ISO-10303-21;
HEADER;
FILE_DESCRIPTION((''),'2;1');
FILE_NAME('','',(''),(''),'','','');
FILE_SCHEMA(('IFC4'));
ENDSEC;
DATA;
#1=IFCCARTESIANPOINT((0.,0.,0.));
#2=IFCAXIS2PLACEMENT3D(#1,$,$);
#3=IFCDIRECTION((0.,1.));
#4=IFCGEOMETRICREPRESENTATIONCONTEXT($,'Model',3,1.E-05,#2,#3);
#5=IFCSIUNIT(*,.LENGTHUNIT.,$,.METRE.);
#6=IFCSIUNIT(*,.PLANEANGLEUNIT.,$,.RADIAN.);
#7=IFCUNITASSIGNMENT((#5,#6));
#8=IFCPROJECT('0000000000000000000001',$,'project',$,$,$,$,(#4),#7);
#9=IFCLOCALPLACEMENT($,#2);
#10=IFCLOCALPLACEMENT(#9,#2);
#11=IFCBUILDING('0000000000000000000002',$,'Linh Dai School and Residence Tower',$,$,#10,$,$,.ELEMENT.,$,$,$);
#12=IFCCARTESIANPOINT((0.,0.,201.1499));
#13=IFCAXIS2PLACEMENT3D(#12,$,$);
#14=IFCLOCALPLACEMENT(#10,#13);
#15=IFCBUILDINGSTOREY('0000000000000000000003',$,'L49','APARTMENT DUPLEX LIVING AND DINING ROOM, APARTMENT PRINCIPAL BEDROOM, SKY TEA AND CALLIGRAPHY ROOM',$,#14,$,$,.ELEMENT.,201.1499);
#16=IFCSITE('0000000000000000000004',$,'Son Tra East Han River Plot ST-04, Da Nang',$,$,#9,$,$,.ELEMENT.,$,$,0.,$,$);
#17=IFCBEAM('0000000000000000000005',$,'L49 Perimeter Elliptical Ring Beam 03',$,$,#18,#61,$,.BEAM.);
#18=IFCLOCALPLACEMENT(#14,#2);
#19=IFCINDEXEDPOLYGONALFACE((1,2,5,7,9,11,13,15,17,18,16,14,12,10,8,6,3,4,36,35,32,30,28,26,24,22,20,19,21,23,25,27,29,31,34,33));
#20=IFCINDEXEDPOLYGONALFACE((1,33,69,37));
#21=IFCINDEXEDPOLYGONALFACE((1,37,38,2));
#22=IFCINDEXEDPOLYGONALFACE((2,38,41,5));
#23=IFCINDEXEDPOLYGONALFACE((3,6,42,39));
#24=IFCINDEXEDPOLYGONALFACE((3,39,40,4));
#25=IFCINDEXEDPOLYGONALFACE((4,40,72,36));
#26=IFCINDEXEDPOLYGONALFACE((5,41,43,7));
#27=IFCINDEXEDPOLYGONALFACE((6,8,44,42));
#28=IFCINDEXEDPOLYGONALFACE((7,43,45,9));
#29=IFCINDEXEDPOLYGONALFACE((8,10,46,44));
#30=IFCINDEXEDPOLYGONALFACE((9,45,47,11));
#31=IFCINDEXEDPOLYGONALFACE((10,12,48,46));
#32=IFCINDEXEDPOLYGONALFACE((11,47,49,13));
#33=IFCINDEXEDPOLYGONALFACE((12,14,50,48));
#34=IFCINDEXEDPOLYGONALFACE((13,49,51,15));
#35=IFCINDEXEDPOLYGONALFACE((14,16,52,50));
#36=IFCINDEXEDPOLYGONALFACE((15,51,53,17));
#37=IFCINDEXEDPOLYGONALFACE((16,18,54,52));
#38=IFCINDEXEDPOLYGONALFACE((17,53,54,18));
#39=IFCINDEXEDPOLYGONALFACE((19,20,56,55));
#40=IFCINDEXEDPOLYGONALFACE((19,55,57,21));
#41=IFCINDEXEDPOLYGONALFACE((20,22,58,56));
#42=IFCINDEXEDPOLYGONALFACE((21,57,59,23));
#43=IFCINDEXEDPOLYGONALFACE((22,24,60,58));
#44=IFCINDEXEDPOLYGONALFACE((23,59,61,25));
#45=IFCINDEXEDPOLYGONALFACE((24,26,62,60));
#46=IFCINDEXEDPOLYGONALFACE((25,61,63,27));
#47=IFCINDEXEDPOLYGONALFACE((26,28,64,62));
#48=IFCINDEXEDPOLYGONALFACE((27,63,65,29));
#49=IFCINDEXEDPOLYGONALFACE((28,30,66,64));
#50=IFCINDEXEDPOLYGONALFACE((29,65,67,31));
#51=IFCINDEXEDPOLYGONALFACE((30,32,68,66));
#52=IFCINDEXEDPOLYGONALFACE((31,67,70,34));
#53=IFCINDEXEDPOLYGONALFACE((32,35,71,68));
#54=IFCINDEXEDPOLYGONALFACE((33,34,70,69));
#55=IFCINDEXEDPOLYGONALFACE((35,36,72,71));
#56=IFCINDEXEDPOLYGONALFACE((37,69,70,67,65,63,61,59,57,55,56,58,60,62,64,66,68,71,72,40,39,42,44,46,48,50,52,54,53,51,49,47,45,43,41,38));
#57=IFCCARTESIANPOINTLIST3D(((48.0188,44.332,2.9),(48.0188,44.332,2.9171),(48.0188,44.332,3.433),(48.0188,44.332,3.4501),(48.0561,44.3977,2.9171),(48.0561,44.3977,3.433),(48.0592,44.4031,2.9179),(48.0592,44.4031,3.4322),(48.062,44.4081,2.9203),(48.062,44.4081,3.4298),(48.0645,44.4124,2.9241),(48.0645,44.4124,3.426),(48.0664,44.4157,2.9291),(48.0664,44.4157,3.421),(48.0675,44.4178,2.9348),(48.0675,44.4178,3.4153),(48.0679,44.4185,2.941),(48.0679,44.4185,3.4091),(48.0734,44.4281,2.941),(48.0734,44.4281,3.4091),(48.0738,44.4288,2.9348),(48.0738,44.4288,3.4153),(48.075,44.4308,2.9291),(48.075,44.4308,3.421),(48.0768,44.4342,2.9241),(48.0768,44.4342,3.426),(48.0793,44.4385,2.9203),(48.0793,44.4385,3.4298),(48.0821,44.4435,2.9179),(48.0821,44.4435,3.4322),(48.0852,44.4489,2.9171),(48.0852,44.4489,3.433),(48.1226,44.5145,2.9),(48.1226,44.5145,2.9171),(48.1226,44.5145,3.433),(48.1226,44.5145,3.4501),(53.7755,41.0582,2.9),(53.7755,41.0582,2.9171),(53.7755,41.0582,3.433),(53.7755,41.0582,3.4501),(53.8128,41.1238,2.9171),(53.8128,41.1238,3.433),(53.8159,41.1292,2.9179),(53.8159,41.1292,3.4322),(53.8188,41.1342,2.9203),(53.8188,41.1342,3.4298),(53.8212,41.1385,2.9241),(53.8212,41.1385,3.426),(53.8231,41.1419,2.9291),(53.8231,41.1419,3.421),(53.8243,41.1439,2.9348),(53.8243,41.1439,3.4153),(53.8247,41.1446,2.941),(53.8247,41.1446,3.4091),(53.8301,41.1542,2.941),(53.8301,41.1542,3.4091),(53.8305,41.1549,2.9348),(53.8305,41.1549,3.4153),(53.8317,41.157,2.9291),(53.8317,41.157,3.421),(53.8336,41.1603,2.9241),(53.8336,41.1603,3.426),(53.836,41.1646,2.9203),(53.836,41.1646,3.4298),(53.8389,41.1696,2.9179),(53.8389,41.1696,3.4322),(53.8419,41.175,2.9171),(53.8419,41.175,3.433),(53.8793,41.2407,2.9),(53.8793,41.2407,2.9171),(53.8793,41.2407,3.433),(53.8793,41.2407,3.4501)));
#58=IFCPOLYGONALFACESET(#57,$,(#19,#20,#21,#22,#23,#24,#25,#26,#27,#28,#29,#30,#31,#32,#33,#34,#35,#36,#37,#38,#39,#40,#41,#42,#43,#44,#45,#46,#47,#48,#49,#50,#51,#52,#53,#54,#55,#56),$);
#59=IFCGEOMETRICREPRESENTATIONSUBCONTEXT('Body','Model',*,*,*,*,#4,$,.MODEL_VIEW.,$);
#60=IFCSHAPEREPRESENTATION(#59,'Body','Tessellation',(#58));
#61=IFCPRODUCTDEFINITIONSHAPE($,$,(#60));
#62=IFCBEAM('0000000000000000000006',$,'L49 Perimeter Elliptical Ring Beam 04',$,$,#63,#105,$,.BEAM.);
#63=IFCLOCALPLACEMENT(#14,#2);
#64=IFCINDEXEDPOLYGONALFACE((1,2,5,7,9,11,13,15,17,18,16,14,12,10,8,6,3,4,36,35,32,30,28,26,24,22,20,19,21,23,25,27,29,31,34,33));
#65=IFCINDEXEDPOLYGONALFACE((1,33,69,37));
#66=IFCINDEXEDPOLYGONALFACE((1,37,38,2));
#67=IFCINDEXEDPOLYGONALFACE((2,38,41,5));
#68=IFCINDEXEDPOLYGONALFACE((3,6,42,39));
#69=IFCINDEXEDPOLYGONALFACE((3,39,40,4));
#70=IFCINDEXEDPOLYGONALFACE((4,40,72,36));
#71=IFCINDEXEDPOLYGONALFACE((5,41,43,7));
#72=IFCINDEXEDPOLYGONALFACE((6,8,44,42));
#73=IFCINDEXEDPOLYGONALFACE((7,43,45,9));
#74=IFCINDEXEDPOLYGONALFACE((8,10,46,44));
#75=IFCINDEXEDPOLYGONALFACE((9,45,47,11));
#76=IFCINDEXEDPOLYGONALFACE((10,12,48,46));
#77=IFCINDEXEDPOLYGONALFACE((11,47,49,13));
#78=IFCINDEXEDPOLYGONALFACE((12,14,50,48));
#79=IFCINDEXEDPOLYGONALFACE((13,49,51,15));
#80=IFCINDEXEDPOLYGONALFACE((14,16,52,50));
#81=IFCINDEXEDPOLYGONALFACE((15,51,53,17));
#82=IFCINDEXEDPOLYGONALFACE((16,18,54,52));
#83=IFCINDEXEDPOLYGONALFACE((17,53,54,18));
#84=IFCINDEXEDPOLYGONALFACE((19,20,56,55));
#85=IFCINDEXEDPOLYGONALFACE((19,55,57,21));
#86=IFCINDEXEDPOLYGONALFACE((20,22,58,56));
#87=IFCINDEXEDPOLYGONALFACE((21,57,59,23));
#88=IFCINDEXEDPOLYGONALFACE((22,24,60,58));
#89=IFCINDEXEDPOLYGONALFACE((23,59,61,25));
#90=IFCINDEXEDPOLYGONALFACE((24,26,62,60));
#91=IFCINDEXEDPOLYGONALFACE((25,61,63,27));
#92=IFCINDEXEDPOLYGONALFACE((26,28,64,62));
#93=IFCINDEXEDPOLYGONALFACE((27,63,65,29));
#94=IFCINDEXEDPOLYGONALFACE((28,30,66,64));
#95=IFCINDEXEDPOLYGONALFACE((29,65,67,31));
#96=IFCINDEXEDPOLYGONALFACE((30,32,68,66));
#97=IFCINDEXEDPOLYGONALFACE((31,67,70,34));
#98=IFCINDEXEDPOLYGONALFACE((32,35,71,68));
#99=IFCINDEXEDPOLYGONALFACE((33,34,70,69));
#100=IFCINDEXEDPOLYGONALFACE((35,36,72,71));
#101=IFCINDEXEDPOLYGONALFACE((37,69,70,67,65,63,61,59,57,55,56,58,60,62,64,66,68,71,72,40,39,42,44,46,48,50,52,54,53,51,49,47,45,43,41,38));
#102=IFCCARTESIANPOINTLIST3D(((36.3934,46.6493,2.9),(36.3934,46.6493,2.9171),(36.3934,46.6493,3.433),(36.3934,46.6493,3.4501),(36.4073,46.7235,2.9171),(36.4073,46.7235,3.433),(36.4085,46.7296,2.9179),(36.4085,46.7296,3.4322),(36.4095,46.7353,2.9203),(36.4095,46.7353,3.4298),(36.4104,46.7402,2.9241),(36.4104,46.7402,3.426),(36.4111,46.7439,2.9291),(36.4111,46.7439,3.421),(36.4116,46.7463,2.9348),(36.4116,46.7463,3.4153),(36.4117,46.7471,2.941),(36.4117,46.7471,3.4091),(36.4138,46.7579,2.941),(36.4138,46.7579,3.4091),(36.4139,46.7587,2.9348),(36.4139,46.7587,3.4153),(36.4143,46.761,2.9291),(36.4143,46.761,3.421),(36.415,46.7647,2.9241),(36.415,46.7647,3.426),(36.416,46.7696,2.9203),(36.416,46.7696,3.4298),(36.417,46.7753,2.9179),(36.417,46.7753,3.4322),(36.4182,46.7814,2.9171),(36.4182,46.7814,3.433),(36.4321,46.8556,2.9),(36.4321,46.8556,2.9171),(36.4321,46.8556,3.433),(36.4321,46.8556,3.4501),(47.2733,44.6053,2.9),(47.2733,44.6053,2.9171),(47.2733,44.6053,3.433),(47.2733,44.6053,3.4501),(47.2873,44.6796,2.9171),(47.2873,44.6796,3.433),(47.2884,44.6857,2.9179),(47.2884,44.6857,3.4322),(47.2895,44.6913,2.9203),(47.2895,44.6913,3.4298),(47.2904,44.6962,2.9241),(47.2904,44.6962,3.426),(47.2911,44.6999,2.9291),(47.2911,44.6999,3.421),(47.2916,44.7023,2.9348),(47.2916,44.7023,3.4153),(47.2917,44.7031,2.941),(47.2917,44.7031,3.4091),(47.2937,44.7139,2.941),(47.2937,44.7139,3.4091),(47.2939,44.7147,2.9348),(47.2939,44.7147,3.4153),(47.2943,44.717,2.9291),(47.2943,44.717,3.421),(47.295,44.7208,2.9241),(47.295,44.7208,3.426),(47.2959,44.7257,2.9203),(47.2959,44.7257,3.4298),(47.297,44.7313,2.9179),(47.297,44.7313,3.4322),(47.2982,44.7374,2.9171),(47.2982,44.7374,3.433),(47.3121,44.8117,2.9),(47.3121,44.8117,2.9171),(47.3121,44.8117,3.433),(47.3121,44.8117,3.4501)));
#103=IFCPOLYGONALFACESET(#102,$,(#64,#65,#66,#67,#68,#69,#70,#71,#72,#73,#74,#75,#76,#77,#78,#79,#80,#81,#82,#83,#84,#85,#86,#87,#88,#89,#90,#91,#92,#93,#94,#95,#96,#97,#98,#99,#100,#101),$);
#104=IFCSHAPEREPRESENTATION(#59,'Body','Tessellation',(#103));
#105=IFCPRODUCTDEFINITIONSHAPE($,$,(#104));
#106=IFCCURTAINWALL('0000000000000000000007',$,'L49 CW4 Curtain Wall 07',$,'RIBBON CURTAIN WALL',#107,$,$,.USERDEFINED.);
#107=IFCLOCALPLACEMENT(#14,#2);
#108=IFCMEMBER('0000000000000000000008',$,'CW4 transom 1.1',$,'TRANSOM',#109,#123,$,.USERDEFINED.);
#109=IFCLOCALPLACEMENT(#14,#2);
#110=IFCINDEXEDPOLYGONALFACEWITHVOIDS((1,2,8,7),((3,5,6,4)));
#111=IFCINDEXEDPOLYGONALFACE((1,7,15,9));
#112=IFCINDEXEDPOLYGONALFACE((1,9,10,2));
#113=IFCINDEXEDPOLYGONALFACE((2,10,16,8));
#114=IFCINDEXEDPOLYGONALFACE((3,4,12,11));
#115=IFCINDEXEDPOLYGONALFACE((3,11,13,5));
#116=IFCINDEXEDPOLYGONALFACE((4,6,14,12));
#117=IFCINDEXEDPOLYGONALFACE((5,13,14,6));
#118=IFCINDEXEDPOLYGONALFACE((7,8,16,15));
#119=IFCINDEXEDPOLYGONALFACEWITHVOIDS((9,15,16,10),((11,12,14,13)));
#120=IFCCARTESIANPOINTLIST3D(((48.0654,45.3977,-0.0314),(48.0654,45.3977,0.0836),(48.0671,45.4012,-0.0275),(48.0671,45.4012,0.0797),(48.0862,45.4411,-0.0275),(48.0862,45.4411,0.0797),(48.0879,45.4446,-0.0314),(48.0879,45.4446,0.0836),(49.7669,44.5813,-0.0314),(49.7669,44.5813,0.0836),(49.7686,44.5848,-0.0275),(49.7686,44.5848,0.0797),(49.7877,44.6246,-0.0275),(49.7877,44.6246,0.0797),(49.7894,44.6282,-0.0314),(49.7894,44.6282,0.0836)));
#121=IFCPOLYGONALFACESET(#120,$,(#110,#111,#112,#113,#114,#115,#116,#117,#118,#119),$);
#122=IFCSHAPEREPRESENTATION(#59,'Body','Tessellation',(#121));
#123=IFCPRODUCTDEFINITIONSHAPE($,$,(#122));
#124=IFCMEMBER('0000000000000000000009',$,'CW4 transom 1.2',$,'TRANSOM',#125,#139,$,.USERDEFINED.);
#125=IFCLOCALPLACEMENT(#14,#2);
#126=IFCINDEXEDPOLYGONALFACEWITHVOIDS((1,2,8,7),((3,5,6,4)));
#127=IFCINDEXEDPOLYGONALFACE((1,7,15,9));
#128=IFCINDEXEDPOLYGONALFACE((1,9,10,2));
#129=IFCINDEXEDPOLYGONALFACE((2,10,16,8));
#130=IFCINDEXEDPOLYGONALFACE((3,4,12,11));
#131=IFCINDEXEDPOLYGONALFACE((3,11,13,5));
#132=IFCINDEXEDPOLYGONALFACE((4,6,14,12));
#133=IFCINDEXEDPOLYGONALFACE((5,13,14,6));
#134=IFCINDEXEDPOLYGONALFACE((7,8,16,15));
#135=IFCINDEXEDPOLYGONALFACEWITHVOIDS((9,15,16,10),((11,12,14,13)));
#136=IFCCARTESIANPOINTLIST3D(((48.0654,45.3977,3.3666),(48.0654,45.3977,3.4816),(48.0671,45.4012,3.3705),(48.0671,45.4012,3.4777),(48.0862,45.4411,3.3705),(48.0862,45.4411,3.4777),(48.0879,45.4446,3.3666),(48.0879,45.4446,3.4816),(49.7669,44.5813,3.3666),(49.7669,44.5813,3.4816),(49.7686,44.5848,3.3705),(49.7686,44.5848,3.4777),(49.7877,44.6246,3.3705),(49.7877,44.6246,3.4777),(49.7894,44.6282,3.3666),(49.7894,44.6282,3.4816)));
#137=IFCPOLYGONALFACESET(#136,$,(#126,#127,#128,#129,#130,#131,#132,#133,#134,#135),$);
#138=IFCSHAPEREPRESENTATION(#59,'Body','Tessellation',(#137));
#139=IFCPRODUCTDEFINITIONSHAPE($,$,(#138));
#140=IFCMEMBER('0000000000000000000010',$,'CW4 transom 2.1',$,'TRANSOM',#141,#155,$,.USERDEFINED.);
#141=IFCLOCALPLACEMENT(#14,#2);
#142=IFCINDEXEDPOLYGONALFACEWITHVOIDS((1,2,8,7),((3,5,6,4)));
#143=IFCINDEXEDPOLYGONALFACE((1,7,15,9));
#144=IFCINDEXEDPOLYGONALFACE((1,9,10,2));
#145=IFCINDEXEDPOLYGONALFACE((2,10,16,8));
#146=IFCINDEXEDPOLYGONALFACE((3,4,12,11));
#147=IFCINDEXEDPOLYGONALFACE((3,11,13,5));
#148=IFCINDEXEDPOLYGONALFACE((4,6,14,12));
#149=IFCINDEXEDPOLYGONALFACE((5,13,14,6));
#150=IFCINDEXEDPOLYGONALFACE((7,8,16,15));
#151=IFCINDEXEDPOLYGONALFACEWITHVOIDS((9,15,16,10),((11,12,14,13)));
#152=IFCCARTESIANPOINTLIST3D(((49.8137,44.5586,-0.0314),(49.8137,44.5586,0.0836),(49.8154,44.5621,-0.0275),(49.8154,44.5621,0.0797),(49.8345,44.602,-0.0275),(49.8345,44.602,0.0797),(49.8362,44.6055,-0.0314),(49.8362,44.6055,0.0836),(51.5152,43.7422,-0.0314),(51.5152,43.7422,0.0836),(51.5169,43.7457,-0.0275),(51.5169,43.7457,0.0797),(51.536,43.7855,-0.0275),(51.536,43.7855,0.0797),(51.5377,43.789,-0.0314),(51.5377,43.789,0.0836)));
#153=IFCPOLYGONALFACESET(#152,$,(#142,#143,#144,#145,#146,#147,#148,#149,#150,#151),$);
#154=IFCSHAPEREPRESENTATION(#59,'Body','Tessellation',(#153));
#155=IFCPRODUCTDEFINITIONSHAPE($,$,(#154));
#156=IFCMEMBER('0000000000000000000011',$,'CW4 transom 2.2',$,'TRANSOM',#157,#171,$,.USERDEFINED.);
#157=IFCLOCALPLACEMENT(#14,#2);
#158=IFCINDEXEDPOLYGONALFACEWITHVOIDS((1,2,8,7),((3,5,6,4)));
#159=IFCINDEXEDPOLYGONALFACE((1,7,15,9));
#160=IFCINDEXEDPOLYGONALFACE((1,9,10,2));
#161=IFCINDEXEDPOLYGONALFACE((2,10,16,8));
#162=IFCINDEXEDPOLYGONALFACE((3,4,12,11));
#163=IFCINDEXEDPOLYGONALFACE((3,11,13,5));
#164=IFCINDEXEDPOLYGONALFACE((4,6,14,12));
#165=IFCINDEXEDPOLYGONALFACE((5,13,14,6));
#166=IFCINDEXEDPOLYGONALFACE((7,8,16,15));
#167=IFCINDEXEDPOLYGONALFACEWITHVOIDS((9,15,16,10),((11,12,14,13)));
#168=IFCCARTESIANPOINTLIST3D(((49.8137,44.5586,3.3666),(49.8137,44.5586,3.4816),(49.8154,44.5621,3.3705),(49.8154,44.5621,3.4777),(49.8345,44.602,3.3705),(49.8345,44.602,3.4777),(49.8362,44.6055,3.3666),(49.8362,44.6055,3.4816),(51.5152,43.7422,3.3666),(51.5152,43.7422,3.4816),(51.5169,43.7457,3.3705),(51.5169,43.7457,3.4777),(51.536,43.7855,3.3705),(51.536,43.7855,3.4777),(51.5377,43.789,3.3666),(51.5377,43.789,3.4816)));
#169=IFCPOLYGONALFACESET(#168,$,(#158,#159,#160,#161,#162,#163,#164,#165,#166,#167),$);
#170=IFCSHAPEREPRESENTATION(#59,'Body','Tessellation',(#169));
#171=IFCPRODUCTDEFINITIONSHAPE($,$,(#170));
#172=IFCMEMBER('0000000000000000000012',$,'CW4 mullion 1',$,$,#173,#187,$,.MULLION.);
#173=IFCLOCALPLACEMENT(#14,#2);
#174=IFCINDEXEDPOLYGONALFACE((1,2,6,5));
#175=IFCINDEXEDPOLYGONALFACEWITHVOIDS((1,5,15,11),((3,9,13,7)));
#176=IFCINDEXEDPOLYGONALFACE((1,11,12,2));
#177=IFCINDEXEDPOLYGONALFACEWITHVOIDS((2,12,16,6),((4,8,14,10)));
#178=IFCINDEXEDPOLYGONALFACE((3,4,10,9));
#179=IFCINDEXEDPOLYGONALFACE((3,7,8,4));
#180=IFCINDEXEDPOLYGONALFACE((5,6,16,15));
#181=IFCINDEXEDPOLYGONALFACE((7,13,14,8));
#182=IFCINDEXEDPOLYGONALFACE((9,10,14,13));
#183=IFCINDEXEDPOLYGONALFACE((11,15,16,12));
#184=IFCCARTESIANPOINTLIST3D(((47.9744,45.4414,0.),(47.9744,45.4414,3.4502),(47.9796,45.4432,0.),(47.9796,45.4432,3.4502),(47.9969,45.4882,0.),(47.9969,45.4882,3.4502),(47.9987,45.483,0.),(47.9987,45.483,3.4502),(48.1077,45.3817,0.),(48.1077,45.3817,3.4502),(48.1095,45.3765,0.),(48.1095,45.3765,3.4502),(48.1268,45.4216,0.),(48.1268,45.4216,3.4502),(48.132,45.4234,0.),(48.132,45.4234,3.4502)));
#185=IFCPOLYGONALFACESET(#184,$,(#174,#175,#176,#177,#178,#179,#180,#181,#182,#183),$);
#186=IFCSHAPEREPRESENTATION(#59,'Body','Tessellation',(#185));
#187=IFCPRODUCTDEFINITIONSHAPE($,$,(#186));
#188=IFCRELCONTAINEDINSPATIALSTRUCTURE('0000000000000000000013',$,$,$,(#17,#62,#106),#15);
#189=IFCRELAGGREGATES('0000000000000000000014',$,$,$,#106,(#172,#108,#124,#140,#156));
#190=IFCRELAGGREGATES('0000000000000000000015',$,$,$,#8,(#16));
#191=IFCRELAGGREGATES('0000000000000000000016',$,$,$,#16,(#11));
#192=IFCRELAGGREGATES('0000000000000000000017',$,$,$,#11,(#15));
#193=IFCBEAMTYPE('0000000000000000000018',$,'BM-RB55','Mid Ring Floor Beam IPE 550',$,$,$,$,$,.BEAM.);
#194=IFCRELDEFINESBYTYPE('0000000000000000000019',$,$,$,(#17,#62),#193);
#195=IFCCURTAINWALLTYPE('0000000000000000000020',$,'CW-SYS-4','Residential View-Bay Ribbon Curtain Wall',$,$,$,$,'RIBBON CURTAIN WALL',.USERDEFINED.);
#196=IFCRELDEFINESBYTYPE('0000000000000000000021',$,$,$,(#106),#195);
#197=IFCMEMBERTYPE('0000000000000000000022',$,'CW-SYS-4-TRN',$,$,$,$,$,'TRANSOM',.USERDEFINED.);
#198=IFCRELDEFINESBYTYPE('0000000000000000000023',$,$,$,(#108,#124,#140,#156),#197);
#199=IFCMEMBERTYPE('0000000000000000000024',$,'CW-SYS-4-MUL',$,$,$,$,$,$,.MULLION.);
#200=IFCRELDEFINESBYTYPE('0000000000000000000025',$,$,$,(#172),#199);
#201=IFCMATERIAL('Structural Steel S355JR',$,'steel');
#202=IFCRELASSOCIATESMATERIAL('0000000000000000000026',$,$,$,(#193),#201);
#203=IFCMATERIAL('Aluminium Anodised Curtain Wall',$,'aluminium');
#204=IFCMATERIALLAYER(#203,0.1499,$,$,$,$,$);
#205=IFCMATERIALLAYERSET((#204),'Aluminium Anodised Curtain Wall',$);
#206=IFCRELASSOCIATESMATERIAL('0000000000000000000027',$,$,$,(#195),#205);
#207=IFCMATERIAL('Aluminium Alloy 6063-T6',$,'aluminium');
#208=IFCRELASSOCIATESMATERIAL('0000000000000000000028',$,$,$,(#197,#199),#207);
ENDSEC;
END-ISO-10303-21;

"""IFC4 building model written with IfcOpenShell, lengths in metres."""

from ifc_helpers import new_model, si_unit, direction, frame, origin, origin_2d, place, context, subcontext, project, spatial, hollow_rectangle, i_section, extrude, source, transform, mapped, material, layer, layer_set, material_profile, profile_set, type_object, element, aggregate, save


model = new_model("IFC4")

# Units and contexts
model_context = context("Model", 3, precision=1e-05, world=origin(), true_north=direction((0.0, 1.0)))
body_context = subcontext(model_context, "Body", "Model", "MODEL_VIEW")
ifc_project = project(units=[si_unit("LENGTHUNIT", "METRE"), si_unit("PLANEANGLEUNIT", "RADIAN")], contexts=[model_context])

# Site, building, storey
site_placement = place(None, origin())
site = spatial("IfcSite", under=ifc_project, at=site_placement, Name="Son Tra East Han River Plot ST-04, Da Nang", CompositionType="ELEMENT", RefElevation=0.0)
building_placement = place(site_placement, origin())
building = spatial("IfcBuilding", under=site, at=building_placement, Name="Linh Dai School and Residence Tower", CompositionType="ELEMENT")
storey_placement = place(building_placement, frame((0.0, 0.0, 201.1499)))
storey = spatial("IfcBuildingStorey", under=building, at=storey_placement, Name="L49", Description="APARTMENT DUPLEX LIVING AND DINING ROOM, APARTMENT PRINCIPAL BEDROOM, SKY TEA AND CALLIGRAPHY ROOM", CompositionType="ELEMENT", Elevation=201.1499)

# Shared definitions
ifc_material_1 = material(Name="Structural Steel S355JR", Category="steel")

# Beams
ifc_material_profile_1 = material_profile(ifc_material_1, i_section(OverallWidth=0.21, OverallDepth=0.55, WebThickness=0.011, FlangeThickness=0.0171, FilletRadius=0.0239, at=origin_2d()), Name="IPE 550")
ifc_profile_set_1 = profile_set([ifc_material_profile_1], Name="Structural Steel S355JR")
beam_type = type_object("IfcBeamType", Name="BM-RB55", Description="Mid Ring Floor Beam IPE 550", PredefinedType="BEAM", material=ifc_profile_set_1)
beam_1_placement = place(storey_placement, frame((53.8274, 41.1494, 3.175), z_axis=(-0.869262, 0.494351, 0.0), x_axis=(-0.494351, -0.869262, 0.0)))
element("IfcBeam", 1, at=beam_1_placement, inside=storey, type_object=beam_type, Name="L49 Perimeter Elliptical Ring Beam 03", PredefinedType="BEAM", context=body_context, shape_type="SweptSolid", body=[
    extrude(i_section(OverallWidth=0.21, OverallDepth=0.55, WebThickness=0.011, FlangeThickness=0.0171, FilletRadius=0.0239, at=origin_2d()), origin(), (0.0, 0.0, 1.0), 6.6226),
])
beam_2_placement = place(storey_placement, frame((47.2927, 44.7085, 3.175), z_axis=(-0.982807, 0.184635, 0.0), x_axis=(-0.184635, -0.982807, 0.0)))
element("IfcBeam", 2, at=beam_2_placement, inside=storey, type_object=beam_type, Name="L49 Perimeter Elliptical Ring Beam 04", PredefinedType="BEAM", context=body_context, shape_type="SweptSolid", body=[
    extrude(i_section(OverallWidth=0.21, OverallDepth=0.55, WebThickness=0.011, FlangeThickness=0.0171, FilletRadius=0.0239, at=origin_2d()), origin(), (0.0, 0.0, 1.0), 11.0703),
])

# Curtain wall, members
ifc_material_2 = material(Name="Aluminium Anodised Curtain Wall", Category="aluminium")
ifc_layer_1 = layer(ifc_material_2, 0.1499)
ifc_layer_set_1 = layer_set([ifc_layer_1], Name="Aluminium Anodised Curtain Wall")
curtain_wall_type = type_object("IfcCurtainWallType", Name="CW-SYS-4", Description="Residential View-Bay Ribbon Curtain Wall", ElementType="RIBBON CURTAIN WALL", PredefinedType="USERDEFINED", material=ifc_layer_set_1)
curtain_wall_placement = place(storey_placement, origin())
curtain_wall = element("IfcCurtainWall", 3, at=curtain_wall_placement, inside=storey, type_object=curtain_wall_type, Name="L49 CW4 Curtain Wall 07", ObjectType="RIBBON CURTAIN WALL", PredefinedType="USERDEFINED")
ifc_material_3 = material(Name="Aluminium Alloy 6063-T6", Category="aluminium")
ifc_material_profile_2 = material_profile(ifc_material_3, hollow_rectangle(XDim=0.052, YDim=0.115, WallThickness=0.0039, at=origin_2d()), Name="RHS 115x52x4")
ifc_profile_set_2 = profile_set([ifc_material_profile_2], Name="Aluminium Alloy 6063-T6")
member_type_1 = type_object("IfcMemberType", Name="CW-SYS-4-TRN", ElementType="TRANSOM", PredefinedType="USERDEFINED", material=ifc_profile_set_2)
shared_shape_1 = source(origin(), body_context, "Body", "SweptSolid", [
    extrude(hollow_rectangle(XDim=0.052, YDim=0.115, WallThickness=0.0039, at=origin_2d()), origin(), (0.0, 0.0, 1.0), 1.8872),
])
member_1_placement = place(storey_placement, frame((48.0767, 45.4211, 0.0261), z_axis=(0.90158, -0.432613, 0.0), x_axis=(0.432613, 0.90158, 0.0)))
member_1 = element("IfcMember", 4, at=member_1_placement, type_object=member_type_1, Name="CW4 transom 1.1", ObjectType="TRANSOM", PredefinedType="USERDEFINED", context=body_context, shape_type="MappedRepresentation", body=[
    mapped(shared_shape_1, transform((0.0, 0.0, 0.0), x_axis=(1.0, 0.0, 0.0), y_axis=(0.0, 1.0, 0.0), z_axis=(0.0, 0.0, 1.0), scale=1.0)),
])
member_2_placement = place(storey_placement, frame((48.0767, 45.4211, 3.4241), z_axis=(0.90158, -0.432613, 0.0), x_axis=(0.432613, 0.90158, 0.0)))
member_2 = element("IfcMember", 5, at=member_2_placement, type_object=member_type_1, Name="CW4 transom 1.2", ObjectType="TRANSOM", PredefinedType="USERDEFINED", context=body_context, shape_type="MappedRepresentation", body=[
    mapped(shared_shape_1, transform((0.0, 0.0, 0.0), x_axis=(1.0, 0.0, 0.0), y_axis=(0.0, 1.0, 0.0), z_axis=(0.0, 0.0, 1.0), scale=1.0)),
])
member_3_placement = place(storey_placement, frame((49.825, 44.582, 0.0261), z_axis=(0.90158, -0.432613, 0.0), x_axis=(0.432613, 0.90158, 0.0)))
member_3 = element("IfcMember", 6, at=member_3_placement, type_object=member_type_1, Name="CW4 transom 2.1", ObjectType="TRANSOM", PredefinedType="USERDEFINED", context=body_context, shape_type="MappedRepresentation", body=[
    mapped(shared_shape_1, transform((0.0, 0.0, 0.0), x_axis=(1.0, 0.0, 0.0), y_axis=(0.0, 1.0, 0.0), z_axis=(0.0, 0.0, 1.0), scale=1.0)),
])
member_4_placement = place(storey_placement, frame((49.825, 44.582, 3.4241), z_axis=(0.90158, -0.432613, 0.0), x_axis=(0.432613, 0.90158, 0.0)))
member_4 = element("IfcMember", 7, at=member_4_placement, type_object=member_type_1, Name="CW4 transom 2.2", ObjectType="TRANSOM", PredefinedType="USERDEFINED", context=body_context, shape_type="MappedRepresentation", body=[
    mapped(shared_shape_1, transform((0.0, 0.0, 0.0), x_axis=(1.0, 0.0, 0.0), y_axis=(0.0, 1.0, 0.0), z_axis=(0.0, 0.0, 1.0), scale=1.0)),
])
ifc_material_profile_3 = material_profile(ifc_material_3, hollow_rectangle(XDim=0.052, YDim=0.1499, WallThickness=0.0039, at=origin_2d()), Name="RHS 150x52x4")
ifc_profile_set_3 = profile_set([ifc_material_profile_3], Name="Aluminium Alloy 6063-T6")
member_type_2 = type_object("IfcMemberType", Name="CW-SYS-4-MUL", PredefinedType="MULLION", material=ifc_profile_set_3)
shared_shape_2 = source(origin(), body_context, "Body", "SweptSolid", [
    extrude(hollow_rectangle(XDim=0.052, YDim=0.1499, WallThickness=0.0039, at=origin_2d()), origin(), (0.0, 0.0, 1.0), 3.4502),
])
member_5_placement = place(storey_placement, frame((48.0532, 45.4324, 0.0), z_axis=(0.0, 0.0, 1.0), x_axis=(0.432635, 0.901569, 0.0)))
member_5 = element("IfcMember", 8, at=member_5_placement, type_object=member_type_2, Name="CW4 mullion 1", PredefinedType="MULLION", context=body_context, shape_type="MappedRepresentation", body=[
    mapped(shared_shape_2, transform((0.0, 0.0, 0.0), x_axis=(1.0, 0.0, 0.0), y_axis=(0.0, 1.0, 0.0), z_axis=(0.0, 0.0, 1.0), scale=1.0)),
])

aggregate(curtain_wall, [member_5, member_1, member_2, member_3, member_4])

save(model, "model.ifc")
